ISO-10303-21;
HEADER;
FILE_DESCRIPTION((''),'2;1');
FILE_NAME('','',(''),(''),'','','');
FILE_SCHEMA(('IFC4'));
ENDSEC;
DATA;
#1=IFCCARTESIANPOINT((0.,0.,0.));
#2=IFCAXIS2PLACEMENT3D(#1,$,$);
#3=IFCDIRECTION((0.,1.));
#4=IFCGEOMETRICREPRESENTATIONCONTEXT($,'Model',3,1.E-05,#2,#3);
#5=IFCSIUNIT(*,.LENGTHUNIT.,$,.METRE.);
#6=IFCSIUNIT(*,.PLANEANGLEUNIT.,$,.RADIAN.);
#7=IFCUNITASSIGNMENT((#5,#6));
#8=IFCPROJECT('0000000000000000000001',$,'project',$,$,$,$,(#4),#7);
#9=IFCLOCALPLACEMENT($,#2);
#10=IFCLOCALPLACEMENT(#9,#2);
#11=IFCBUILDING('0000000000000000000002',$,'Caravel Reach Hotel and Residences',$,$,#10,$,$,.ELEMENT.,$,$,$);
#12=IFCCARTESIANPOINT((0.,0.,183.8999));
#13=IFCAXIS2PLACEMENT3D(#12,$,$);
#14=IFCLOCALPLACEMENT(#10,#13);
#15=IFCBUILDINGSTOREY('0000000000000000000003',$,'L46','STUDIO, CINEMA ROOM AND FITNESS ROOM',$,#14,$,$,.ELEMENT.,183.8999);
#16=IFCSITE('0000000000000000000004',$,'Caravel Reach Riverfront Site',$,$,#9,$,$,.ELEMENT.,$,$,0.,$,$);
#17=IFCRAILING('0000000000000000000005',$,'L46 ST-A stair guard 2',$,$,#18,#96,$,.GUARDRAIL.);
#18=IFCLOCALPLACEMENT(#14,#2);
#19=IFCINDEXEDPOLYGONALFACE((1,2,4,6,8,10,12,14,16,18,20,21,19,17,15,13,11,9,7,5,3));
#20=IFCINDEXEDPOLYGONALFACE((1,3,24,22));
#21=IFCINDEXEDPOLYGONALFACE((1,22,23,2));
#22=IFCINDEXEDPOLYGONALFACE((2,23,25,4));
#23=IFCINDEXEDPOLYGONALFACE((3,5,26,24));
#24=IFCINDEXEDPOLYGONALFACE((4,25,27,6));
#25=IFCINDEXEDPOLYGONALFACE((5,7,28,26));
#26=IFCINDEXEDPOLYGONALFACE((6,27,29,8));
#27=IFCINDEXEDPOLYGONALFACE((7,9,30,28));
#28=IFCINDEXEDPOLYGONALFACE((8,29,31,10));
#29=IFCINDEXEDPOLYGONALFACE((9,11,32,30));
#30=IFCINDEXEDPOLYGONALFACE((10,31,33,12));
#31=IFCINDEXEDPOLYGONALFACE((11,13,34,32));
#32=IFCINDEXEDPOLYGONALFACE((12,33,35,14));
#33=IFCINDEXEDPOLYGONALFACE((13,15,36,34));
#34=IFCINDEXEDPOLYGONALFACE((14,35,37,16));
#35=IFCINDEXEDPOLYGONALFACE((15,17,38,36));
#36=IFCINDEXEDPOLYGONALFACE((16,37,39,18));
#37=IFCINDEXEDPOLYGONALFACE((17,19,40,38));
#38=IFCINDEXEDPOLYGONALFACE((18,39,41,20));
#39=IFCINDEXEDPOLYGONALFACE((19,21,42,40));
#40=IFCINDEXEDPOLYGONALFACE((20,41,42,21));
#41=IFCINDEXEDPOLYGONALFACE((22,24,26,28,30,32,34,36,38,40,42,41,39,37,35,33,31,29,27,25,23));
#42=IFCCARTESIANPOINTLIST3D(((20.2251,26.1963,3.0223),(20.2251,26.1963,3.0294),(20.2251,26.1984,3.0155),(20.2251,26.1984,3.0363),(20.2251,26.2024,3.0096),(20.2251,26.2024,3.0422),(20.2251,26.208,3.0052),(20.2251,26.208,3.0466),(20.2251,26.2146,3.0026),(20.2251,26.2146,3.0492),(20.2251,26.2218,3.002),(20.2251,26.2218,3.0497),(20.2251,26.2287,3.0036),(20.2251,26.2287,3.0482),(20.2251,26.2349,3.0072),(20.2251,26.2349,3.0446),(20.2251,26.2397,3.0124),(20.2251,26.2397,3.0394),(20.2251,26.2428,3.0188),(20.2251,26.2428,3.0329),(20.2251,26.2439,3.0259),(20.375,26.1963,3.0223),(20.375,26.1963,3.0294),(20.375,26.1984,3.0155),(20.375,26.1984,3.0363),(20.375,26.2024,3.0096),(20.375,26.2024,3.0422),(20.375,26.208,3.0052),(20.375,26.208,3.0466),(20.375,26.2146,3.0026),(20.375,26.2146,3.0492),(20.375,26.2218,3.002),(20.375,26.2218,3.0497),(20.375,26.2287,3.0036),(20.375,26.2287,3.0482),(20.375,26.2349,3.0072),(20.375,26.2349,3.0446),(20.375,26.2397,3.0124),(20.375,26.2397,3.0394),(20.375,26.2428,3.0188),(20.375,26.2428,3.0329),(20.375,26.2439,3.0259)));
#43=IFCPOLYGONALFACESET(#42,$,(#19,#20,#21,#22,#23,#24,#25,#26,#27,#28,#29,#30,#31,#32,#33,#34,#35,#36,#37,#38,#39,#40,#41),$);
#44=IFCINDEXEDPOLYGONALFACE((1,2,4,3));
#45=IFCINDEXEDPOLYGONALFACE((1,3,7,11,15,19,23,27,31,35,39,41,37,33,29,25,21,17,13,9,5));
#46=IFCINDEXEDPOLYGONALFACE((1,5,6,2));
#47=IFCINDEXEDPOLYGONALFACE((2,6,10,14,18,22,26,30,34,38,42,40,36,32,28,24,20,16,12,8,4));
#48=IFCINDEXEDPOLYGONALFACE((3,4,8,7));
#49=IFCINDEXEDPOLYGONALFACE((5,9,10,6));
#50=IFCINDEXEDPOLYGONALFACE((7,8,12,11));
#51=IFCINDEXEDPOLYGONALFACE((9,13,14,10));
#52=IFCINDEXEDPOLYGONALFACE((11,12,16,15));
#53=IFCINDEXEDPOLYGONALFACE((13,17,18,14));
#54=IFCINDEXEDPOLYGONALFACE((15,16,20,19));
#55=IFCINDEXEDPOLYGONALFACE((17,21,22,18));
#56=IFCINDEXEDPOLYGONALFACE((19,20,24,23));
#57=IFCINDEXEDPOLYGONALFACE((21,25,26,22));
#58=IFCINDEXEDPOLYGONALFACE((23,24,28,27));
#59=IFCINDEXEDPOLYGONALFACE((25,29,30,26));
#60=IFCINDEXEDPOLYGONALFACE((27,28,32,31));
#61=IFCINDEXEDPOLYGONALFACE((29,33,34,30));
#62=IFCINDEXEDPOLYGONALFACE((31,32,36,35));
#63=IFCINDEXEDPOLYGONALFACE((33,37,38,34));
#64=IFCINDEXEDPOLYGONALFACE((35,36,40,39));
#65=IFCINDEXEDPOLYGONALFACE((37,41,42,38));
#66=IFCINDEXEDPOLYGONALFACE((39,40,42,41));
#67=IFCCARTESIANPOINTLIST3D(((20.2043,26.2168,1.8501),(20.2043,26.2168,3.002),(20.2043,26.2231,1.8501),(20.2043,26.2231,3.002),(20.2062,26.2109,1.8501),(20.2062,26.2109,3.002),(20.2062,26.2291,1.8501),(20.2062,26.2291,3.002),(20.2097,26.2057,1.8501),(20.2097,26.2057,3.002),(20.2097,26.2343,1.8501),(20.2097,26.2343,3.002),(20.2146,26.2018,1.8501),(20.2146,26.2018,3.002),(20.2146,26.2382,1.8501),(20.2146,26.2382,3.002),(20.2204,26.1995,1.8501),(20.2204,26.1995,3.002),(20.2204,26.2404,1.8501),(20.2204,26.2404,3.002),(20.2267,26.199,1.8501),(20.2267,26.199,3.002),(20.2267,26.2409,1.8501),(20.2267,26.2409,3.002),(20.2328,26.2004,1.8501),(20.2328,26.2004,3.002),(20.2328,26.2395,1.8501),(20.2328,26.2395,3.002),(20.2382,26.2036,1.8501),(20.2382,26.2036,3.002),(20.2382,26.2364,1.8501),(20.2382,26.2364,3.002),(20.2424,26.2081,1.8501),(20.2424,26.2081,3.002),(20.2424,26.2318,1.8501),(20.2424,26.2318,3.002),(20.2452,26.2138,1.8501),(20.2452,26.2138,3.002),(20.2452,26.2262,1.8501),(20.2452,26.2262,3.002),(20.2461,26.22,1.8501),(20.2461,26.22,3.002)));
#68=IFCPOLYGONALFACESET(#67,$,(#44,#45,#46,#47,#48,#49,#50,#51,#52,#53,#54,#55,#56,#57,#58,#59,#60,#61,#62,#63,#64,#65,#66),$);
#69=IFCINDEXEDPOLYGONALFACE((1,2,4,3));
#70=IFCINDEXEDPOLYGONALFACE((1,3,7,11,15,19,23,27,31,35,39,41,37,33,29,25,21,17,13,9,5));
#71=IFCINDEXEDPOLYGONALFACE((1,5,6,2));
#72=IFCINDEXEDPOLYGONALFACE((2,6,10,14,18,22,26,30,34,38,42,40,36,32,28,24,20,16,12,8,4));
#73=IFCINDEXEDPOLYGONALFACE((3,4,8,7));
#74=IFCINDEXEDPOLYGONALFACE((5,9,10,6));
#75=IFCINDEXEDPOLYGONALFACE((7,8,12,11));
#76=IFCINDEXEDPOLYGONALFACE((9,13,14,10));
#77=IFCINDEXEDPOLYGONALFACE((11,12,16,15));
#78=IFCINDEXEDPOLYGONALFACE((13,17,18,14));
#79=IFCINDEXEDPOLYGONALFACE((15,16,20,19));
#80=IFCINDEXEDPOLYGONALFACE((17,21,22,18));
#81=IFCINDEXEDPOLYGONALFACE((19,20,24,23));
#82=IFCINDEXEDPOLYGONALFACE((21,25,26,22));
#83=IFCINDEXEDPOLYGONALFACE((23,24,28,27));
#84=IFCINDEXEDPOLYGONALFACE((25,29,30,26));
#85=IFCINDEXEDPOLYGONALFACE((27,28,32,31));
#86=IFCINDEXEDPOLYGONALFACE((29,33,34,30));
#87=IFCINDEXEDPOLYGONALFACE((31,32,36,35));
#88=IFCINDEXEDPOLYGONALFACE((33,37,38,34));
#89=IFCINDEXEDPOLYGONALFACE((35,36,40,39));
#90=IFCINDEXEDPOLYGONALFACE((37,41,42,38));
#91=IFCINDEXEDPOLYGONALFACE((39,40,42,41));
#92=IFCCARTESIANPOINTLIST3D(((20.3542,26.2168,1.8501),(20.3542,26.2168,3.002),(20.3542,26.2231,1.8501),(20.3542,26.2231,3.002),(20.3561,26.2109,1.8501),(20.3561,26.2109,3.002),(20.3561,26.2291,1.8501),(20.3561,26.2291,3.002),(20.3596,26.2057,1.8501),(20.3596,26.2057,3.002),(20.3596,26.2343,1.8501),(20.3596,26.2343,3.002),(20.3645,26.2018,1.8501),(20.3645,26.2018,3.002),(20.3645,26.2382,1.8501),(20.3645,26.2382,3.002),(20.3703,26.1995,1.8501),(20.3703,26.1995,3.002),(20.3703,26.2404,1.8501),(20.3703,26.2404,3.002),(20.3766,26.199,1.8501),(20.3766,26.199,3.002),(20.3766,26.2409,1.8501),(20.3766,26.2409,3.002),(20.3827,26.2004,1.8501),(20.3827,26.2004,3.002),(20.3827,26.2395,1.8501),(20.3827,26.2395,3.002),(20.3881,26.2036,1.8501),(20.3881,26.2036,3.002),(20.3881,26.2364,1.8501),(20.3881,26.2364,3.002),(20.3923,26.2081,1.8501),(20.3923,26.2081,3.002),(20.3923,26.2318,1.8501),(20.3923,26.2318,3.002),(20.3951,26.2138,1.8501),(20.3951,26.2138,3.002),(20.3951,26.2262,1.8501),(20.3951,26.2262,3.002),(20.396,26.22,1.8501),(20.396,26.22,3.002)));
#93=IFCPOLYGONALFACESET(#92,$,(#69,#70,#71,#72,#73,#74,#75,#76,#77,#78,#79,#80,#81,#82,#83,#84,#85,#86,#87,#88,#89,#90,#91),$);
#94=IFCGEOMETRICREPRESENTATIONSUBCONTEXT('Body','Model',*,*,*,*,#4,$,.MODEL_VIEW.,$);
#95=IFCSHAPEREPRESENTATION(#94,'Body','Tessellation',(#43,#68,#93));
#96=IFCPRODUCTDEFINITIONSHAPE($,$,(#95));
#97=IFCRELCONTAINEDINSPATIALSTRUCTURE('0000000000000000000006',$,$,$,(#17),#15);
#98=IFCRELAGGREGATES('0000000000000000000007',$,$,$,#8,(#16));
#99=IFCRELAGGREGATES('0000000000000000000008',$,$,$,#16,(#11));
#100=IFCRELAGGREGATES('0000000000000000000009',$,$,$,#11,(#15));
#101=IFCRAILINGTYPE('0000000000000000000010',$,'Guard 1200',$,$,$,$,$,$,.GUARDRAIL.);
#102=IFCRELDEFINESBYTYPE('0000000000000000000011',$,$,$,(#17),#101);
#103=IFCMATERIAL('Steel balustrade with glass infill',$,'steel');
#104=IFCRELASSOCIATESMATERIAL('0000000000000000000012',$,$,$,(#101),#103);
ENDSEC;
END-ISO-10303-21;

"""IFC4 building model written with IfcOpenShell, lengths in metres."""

from ifc_helpers import new_model, si_unit, direction, frame, origin, origin_2d, place, context, subcontext, project, spatial, circle, extrude, material, type_object, element, save


model = new_model("IFC4")

# Units and contexts
model_context = context("Model", 3, precision=1e-05, world=origin(), true_north=direction((0.0, 1.0)))
body_context = subcontext(model_context, "Body", "Model", "MODEL_VIEW")
ifc_project = project(units=[si_unit("LENGTHUNIT", "METRE"), si_unit("PLANEANGLEUNIT", "RADIAN")], contexts=[model_context])

# Site, building, storey
site_placement = place(None, origin())
site = spatial("IfcSite", under=ifc_project, at=site_placement, Name="Caravel Reach Riverfront Site", CompositionType="ELEMENT", RefElevation=0.0)
building_placement = place(site_placement, origin())
building = spatial("IfcBuilding", under=site, at=building_placement, Name="Caravel Reach Hotel and Residences", CompositionType="ELEMENT")
storey_placement = place(building_placement, frame((0.0, 0.0, 183.8999)))
storey = spatial("IfcBuildingStorey", under=building, at=storey_placement, Name="L46", Description="STUDIO, CINEMA ROOM AND FITNESS ROOM", CompositionType="ELEMENT", Elevation=183.8999)

# Railing
ifc_material_1 = material(Name="Steel balustrade with glass infill", Category="steel")
railing_type_1 = type_object("IfcRailingType", Name="Guard 1200", PredefinedType="GUARDRAIL", material=ifc_material_1)
railing_1_placement = place(storey_placement, frame((20.2251, 26.22, 1.8501)))
element("IfcRailing", 1, at=railing_1_placement, inside=storey, type_object=railing_type_1, Name="L46 ST-A stair guard 2", PredefinedType="GUARDRAIL", context=body_context, shape_type="SweptSolid", body=[
    extrude(circle(Radius=0.0239, at=origin_2d()), frame((0.0, 0.0, 1.1758), z_axis=(1.0, 0.0, 0.0), x_axis=(0.0, 1.0, 0.0)), (0.0, 0.0, 1.0), 0.1499),
    extrude(circle(Radius=0.021, at=origin_2d()), origin(), (0.0, 0.0, 1.0), 1.1519),
    extrude(circle(Radius=0.021, at=origin_2d()), frame((0.1499, 0.0, 0.0)), (0.0, 0.0, 1.0), 1.1519),
])

save(model, "model.ifc")
